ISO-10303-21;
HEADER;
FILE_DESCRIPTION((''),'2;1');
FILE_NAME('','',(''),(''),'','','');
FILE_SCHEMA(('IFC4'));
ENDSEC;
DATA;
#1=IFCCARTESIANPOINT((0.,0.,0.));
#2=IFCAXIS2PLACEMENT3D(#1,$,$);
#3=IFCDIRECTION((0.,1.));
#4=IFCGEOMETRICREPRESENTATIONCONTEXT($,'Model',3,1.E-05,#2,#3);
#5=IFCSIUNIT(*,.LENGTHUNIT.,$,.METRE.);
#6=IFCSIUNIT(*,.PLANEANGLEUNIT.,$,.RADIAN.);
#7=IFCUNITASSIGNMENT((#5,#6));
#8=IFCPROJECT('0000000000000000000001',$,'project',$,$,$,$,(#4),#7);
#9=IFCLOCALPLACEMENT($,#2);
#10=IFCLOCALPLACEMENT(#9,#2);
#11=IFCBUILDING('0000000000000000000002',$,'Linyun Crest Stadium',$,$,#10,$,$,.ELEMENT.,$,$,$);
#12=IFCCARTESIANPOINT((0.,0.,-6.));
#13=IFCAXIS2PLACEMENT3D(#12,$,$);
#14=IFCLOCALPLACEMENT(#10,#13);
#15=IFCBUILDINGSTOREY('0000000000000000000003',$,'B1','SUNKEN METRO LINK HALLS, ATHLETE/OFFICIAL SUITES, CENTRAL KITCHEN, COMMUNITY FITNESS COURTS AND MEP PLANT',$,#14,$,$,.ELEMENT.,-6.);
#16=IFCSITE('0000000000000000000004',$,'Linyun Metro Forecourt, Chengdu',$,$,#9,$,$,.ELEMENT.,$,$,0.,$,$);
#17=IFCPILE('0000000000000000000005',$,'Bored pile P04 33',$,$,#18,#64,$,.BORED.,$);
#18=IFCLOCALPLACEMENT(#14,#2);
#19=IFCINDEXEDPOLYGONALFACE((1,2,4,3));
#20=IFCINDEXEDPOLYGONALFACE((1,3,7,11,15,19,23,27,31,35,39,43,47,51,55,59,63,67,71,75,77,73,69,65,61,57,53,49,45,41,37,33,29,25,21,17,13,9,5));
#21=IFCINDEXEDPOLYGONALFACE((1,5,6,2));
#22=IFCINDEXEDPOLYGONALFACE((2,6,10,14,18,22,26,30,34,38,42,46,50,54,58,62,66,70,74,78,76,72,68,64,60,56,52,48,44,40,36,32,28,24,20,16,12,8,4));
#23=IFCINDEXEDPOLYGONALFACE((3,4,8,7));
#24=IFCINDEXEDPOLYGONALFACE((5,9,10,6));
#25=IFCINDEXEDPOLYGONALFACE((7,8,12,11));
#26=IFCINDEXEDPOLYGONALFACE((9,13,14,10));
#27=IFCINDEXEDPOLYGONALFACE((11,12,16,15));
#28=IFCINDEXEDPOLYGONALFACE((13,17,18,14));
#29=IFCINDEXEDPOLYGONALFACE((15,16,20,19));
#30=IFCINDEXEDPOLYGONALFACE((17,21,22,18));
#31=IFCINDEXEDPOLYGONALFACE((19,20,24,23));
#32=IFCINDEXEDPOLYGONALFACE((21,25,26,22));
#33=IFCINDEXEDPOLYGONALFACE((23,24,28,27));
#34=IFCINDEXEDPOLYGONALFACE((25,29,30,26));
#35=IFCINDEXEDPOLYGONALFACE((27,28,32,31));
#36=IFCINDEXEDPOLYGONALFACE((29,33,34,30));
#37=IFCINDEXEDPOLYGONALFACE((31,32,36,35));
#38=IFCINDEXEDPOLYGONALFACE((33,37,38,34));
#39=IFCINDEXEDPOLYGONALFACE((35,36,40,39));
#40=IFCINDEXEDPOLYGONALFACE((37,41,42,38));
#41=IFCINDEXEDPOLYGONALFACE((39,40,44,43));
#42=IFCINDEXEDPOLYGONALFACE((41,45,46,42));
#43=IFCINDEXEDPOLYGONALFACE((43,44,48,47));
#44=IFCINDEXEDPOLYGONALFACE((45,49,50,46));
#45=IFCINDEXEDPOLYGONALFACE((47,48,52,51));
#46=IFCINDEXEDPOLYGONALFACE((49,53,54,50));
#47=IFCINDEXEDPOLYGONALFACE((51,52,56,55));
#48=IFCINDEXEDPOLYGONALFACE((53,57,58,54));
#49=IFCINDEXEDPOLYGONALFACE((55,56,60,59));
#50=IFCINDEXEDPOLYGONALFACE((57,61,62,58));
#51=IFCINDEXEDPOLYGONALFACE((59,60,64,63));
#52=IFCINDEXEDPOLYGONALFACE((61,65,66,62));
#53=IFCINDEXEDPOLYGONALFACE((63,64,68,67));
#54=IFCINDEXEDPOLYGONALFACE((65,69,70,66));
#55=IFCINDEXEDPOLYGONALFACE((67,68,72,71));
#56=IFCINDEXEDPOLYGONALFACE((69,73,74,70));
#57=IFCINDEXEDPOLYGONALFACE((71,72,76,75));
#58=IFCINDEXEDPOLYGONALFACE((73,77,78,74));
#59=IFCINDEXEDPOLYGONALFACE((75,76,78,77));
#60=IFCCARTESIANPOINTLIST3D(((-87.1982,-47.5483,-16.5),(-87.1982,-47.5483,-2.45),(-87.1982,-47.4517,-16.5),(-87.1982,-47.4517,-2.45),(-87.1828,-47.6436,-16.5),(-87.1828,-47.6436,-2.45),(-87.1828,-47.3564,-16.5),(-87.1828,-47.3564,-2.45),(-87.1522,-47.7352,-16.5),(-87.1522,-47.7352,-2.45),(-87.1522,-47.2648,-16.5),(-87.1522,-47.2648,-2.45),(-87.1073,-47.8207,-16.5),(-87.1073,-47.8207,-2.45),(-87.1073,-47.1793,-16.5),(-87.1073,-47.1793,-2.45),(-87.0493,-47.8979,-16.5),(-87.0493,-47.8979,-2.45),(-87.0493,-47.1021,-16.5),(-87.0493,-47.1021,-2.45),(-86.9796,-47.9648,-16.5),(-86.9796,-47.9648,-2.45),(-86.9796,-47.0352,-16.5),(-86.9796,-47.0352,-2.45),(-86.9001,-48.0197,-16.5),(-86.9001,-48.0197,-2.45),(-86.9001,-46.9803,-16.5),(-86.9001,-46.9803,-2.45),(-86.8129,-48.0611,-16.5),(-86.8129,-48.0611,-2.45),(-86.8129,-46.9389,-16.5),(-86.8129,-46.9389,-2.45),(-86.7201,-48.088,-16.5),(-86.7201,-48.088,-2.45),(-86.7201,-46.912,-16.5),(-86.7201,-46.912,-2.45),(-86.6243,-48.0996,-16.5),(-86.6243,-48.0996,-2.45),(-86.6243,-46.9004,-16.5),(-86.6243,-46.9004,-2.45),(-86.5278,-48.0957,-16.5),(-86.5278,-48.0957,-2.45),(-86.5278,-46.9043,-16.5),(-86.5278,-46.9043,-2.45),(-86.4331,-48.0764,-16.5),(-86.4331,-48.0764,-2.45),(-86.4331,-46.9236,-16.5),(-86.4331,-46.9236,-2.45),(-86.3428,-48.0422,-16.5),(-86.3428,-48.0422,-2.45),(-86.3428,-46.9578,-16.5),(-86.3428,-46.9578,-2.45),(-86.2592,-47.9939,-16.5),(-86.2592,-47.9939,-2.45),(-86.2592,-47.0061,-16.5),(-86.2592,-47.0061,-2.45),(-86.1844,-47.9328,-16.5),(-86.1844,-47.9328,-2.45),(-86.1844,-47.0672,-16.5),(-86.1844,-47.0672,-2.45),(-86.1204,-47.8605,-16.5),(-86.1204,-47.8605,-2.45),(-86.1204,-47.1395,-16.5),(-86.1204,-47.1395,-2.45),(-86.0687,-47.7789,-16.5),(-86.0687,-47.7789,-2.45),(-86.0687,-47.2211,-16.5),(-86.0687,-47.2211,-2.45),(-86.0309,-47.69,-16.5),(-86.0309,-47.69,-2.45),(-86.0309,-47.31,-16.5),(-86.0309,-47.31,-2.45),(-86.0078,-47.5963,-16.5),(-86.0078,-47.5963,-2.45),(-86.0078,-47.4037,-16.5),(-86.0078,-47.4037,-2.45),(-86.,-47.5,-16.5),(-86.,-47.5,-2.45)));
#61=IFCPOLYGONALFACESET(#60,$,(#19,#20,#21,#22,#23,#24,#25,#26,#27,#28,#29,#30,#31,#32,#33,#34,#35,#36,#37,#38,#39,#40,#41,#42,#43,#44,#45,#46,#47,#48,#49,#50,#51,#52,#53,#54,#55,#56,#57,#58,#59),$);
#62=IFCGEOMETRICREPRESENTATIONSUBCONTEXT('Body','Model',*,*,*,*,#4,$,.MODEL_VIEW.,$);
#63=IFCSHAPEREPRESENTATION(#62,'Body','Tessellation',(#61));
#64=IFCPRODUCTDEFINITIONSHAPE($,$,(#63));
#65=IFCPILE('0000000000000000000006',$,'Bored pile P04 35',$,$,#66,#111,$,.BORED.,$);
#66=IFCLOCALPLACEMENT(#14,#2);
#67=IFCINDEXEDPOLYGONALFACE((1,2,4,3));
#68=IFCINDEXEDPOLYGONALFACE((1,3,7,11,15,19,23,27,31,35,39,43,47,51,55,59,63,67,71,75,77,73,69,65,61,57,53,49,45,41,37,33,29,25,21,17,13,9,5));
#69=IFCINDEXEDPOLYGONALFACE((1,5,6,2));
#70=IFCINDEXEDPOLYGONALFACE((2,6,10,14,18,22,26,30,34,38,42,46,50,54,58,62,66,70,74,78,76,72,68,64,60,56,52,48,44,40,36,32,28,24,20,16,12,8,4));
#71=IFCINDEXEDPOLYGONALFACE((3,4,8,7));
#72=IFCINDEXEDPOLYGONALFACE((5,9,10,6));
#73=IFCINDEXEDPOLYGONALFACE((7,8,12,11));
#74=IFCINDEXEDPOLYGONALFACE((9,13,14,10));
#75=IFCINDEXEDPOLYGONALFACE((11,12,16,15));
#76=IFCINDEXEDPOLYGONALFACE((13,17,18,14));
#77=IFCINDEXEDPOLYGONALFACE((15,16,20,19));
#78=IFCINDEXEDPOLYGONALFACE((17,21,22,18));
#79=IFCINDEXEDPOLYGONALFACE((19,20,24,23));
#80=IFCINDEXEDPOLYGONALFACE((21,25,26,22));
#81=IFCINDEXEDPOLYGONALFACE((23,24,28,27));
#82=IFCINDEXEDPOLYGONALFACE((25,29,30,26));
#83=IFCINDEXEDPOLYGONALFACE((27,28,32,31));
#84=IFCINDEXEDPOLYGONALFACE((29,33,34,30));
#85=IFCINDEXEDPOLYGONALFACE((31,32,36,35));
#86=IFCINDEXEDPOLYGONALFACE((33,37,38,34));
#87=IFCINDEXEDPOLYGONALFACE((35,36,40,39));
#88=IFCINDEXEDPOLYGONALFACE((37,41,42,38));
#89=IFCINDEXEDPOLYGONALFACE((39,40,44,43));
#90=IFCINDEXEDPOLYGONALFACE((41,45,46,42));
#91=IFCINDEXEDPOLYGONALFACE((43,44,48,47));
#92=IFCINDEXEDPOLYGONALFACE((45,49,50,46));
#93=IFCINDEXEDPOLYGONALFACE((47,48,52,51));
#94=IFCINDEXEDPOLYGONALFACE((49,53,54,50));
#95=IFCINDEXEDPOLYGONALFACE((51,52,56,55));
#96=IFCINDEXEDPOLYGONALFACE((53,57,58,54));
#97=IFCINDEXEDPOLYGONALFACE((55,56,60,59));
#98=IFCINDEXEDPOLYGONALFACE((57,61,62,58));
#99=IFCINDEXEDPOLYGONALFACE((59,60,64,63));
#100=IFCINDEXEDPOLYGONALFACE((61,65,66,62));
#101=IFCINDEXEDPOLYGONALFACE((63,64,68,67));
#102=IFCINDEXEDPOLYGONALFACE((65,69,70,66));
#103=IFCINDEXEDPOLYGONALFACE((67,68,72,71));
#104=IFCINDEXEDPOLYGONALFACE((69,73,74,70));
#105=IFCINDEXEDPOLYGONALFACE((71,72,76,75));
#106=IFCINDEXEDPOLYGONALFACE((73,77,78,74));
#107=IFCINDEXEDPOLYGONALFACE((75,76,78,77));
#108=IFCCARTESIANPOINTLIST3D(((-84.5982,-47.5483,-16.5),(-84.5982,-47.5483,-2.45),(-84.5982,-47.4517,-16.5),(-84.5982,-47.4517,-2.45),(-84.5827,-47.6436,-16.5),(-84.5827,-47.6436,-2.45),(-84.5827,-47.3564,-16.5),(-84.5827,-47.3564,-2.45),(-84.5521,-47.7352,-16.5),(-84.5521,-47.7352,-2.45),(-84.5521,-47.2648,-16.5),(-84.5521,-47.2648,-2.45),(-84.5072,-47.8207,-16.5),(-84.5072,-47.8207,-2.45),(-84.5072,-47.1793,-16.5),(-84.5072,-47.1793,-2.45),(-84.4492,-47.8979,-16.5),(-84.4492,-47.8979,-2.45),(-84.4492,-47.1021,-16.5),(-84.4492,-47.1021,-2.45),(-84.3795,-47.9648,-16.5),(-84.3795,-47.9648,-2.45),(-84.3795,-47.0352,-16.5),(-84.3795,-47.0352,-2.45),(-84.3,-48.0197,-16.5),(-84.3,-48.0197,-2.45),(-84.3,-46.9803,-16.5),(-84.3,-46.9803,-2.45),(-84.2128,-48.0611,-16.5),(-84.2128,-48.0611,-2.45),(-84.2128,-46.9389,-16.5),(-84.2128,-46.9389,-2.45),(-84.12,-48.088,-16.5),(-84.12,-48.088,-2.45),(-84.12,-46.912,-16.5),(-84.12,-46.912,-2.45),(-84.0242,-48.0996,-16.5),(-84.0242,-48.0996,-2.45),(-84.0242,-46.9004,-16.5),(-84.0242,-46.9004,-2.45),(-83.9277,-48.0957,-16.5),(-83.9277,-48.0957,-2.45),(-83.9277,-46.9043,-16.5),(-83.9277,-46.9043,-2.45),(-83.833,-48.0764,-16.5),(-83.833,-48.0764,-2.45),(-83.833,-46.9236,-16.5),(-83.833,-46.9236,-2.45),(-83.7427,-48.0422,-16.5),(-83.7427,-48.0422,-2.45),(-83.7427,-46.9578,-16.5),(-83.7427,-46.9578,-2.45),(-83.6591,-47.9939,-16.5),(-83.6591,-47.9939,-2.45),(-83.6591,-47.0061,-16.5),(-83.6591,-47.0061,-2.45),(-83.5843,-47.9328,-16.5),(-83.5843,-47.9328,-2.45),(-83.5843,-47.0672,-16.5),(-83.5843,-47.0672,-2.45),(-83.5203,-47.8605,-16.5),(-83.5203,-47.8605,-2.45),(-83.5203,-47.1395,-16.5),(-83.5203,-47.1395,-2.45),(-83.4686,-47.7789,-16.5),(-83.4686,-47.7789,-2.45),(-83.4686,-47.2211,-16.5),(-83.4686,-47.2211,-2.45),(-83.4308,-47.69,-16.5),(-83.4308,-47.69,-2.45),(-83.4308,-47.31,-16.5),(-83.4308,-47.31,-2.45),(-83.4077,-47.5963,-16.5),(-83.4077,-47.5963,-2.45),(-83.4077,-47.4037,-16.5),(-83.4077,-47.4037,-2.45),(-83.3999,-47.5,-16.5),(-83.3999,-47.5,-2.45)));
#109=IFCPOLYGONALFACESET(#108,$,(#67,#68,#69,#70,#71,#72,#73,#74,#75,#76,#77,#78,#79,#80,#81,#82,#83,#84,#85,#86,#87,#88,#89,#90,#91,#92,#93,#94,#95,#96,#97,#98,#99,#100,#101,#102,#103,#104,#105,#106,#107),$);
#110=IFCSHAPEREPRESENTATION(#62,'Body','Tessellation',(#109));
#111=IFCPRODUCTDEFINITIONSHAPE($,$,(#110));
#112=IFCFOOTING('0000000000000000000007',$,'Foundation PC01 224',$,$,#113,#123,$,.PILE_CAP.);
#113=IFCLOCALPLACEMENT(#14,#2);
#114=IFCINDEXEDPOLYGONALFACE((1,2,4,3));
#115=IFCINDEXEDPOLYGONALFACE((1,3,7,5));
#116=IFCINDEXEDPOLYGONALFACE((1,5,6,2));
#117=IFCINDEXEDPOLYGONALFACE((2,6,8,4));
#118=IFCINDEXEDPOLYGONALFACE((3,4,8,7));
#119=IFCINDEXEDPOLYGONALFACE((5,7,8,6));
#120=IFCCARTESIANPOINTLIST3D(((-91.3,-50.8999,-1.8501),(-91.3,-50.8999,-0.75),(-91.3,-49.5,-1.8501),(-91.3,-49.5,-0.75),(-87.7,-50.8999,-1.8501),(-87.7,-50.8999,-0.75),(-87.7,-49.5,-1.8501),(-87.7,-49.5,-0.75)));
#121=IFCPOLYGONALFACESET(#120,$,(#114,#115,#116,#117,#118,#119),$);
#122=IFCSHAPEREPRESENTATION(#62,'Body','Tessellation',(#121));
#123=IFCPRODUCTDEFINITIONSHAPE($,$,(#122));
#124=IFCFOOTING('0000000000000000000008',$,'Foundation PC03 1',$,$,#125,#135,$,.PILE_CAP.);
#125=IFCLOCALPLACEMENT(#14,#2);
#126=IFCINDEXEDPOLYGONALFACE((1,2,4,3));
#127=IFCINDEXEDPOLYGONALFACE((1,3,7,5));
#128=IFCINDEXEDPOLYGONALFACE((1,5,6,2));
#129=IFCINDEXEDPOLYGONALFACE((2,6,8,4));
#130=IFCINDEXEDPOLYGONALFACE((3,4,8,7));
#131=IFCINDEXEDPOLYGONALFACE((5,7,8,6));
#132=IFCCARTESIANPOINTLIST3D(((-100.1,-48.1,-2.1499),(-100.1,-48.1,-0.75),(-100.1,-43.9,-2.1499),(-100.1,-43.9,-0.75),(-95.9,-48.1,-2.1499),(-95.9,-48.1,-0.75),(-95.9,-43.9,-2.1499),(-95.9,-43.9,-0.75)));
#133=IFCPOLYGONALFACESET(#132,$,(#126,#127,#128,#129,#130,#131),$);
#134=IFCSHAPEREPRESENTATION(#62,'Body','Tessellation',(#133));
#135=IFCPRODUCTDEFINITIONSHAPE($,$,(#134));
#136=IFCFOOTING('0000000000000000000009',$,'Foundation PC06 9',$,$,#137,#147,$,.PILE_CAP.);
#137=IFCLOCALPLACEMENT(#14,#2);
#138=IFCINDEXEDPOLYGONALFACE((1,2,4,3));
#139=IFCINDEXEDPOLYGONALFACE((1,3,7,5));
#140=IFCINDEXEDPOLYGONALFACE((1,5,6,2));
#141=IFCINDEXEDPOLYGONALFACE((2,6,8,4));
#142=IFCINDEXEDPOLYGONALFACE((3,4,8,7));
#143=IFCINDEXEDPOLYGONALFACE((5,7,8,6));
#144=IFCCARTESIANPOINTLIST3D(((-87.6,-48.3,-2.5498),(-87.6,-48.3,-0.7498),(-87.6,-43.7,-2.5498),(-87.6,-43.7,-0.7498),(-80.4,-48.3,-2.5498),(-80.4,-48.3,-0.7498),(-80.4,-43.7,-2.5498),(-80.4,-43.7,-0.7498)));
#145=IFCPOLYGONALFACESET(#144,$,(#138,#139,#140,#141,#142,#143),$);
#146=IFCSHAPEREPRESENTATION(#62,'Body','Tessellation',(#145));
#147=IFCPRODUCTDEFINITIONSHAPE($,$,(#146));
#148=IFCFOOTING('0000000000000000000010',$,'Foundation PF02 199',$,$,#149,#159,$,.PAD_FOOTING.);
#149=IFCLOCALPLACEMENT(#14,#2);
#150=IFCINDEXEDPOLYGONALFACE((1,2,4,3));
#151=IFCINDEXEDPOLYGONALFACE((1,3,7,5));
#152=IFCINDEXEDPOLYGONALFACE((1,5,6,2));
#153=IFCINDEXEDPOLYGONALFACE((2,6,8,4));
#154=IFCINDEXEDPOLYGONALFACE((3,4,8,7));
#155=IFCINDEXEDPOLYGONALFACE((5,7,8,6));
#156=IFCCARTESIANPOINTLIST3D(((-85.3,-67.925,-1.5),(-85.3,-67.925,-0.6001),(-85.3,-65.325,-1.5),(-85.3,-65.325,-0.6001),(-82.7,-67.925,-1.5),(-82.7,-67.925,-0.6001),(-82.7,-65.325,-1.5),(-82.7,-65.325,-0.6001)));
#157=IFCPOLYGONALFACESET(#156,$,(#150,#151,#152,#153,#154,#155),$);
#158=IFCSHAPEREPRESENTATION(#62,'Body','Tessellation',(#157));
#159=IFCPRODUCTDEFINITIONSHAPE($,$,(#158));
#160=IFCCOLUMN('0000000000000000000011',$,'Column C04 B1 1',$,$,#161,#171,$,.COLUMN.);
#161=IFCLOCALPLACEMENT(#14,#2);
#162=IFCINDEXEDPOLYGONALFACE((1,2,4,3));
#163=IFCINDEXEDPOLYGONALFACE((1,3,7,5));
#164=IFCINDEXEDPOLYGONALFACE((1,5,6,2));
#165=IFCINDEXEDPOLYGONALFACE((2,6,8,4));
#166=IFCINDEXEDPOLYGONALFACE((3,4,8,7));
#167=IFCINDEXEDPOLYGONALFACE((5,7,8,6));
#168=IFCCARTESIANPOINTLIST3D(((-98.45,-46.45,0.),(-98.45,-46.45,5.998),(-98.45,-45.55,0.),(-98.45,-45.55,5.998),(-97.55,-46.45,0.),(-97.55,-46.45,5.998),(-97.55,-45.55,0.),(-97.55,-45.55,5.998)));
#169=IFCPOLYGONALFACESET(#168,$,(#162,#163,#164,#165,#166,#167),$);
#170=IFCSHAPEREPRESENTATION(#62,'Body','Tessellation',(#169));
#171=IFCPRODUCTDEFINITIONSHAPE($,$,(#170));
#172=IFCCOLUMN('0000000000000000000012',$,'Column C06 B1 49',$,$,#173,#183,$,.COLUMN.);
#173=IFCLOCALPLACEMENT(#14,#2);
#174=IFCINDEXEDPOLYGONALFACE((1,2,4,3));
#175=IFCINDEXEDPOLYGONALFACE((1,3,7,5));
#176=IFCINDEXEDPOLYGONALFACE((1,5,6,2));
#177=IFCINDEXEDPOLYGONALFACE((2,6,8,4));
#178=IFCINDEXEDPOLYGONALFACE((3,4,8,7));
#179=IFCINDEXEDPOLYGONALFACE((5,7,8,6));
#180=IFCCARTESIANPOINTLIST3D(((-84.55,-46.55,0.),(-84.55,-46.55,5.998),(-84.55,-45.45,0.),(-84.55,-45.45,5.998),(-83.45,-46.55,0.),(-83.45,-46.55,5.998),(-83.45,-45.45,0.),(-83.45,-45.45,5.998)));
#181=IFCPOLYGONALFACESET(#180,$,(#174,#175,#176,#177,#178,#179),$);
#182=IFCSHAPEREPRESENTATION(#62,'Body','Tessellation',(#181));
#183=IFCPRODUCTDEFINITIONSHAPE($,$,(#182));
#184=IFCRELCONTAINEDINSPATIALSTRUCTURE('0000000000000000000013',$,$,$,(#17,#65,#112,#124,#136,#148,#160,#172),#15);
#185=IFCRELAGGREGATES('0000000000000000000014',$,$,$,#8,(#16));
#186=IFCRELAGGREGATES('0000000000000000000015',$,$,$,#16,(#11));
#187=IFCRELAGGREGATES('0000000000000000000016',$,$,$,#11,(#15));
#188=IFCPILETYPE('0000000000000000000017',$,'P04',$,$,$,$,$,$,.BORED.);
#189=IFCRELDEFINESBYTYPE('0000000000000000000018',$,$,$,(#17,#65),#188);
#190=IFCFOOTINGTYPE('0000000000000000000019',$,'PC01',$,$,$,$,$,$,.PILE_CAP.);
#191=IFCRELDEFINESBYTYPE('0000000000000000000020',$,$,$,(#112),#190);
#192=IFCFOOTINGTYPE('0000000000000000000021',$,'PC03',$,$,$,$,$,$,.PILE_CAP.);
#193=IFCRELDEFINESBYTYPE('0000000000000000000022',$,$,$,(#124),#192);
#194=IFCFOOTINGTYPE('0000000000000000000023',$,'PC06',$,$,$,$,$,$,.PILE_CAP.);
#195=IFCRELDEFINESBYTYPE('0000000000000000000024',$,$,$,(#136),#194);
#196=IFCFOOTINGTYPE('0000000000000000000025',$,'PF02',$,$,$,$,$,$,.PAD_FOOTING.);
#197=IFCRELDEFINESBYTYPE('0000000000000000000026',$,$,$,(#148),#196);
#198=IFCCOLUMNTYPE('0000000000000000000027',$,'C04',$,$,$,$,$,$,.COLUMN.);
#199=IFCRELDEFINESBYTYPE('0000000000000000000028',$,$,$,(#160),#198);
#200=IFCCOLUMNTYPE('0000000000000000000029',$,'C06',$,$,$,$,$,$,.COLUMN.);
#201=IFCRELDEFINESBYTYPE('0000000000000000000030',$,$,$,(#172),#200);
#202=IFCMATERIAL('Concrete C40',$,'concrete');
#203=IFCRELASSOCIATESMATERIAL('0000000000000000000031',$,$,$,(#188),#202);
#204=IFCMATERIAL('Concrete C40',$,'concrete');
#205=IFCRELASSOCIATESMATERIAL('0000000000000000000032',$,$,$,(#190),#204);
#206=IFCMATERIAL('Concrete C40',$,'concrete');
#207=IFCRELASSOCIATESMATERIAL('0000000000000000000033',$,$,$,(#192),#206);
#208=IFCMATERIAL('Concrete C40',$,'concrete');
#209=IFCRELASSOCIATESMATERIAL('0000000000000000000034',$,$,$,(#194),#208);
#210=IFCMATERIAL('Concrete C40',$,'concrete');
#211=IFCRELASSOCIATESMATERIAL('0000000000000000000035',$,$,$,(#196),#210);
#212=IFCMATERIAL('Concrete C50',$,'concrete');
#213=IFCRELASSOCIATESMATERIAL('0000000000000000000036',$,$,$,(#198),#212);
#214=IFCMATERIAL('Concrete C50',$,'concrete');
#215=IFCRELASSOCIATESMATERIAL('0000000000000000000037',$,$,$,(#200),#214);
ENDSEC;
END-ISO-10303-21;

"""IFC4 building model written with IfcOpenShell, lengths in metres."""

from ifc_helpers import new_model, si_unit, direction, frame, origin, origin_2d, place, context, subcontext, project, spatial, rectangle, circle, extrude, material, material_profile, profile_set, type_object, element, save


model = new_model("IFC4")

# Units and contexts
model_context = context("Model", 3, precision=1e-05, world=origin(), true_north=direction((0.0, 1.0)))
body_context = subcontext(model_context, "Body", "Model", "MODEL_VIEW")
ifc_project = project(units=[si_unit("LENGTHUNIT", "METRE"), si_unit("PLANEANGLEUNIT", "RADIAN")], contexts=[model_context])

# Site, building, storey
site_placement = place(None, origin())
site = spatial("IfcSite", under=ifc_project, at=site_placement, Name="Linyun Metro Forecourt, Chengdu", CompositionType="ELEMENT", RefElevation=0.0)
building_placement = place(site_placement, origin())
building = spatial("IfcBuilding", under=site, at=building_placement, Name="Linyun Crest Stadium", CompositionType="ELEMENT")
storey_placement = place(building_placement, frame((0.0, 0.0, -6.0)))
storey = spatial("IfcBuildingStorey", under=building, at=storey_placement, Name="B1", Description="SUNKEN METRO LINK HALLS, ATHLETE/OFFICIAL SUITES, CENTRAL KITCHEN, COMMUNITY FITNESS COURTS AND MEP PLANT", CompositionType="ELEMENT", Elevation=-6.0)

# Piles
ifc_material_1 = material(Name="Concrete C40", Category="concrete")
ifc_material_profile_1 = material_profile(ifc_material_1, circle(Radius=0.6001, at=origin_2d()), Name="BORED PILE 1200")
ifc_profile_set_1 = profile_set([ifc_material_profile_1], Name="Concrete C40")
pile_type_1 = type_object("IfcPileType", Name="P04", PredefinedType="BORED", material=ifc_profile_set_1)
for number, where, z_axis, x_axis, name in (
    (1, (-86.6001, -47.5, -2.45), (0.0, 0.0, -1.0), (1.0, 0.0, 0.0), "Bored pile P04 33"),
    (2, (-84.0, -47.5, -2.45), (0.0, 0.0, -1.0), (1.0, 0.0, 0.0), "Bored pile P04 35"),
):
    element("IfcPile", number, at=place(storey_placement, frame(where, z_axis=z_axis, x_axis=x_axis)), inside=storey, type_object=pile_type_1, Name=name, PredefinedType="BORED", context=body_context, shape_type="SweptSolid", body=[
        extrude(circle(Radius=0.6001, at=origin_2d()), origin(), (0.0, 0.0, 1.0), 14.05),
    ])

# Footings
ifc_material_2 = material(Name="Concrete C40", Category="concrete")
footing_type_1 = type_object("IfcFootingType", Name="PC01", PredefinedType="PILE_CAP", material=ifc_material_2)
footing_1_placement = place(storey_placement, frame((-89.5, -50.2, -1.8501), z_axis=(0.0, 0.0, 1.0), x_axis=(1.0, 0.0, 0.0)))
element("IfcFooting", 3, at=footing_1_placement, inside=storey, type_object=footing_type_1, Name="Foundation PC01 224", PredefinedType="PILE_CAP", context=body_context, shape_type="SweptSolid", body=[
    extrude(rectangle(XDim=3.6001, YDim=1.3999, at=origin_2d()), origin(), (0.0, 0.0, 1.0), 1.1001),
])
ifc_material_3 = material(Name="Concrete C40", Category="concrete")
footing_type_2 = type_object("IfcFootingType", Name="PC03", PredefinedType="PILE_CAP", material=ifc_material_3)
footing_2_placement = place(storey_placement, frame((-98.0, -46.0, -2.1499), z_axis=(0.0, 0.0, 1.0), x_axis=(1.0, 0.0, 0.0)))
element("IfcFooting", 4, at=footing_2_placement, inside=storey, type_object=footing_type_2, Name="Foundation PC03 1", PredefinedType="PILE_CAP", context=body_context, shape_type="SweptSolid", body=[
    extrude(rectangle(XDim=4.2, YDim=4.2, at=origin_2d()), origin(), (0.0, 0.0, 1.0), 1.3999),
])
ifc_material_4 = material(Name="Concrete C40", Category="concrete")
footing_type_3 = type_object("IfcFootingType", Name="PC06", PredefinedType="PILE_CAP", material=ifc_material_4)
footing_3_placement = place(storey_placement, frame((-84.0, -46.0, -2.5498), z_axis=(0.0, 0.0, 1.0), x_axis=(1.0, 0.0, 0.0)))
element("IfcFooting", 5, at=footing_3_placement, inside=storey, type_object=footing_type_3, Name="Foundation PC06 9", PredefinedType="PILE_CAP", context=body_context, shape_type="SweptSolid", body=[
    extrude(rectangle(XDim=7.2, YDim=4.6001, at=origin_2d()), origin(), (0.0, 0.0, 1.0), 1.8),
])
ifc_material_5 = material(Name="Concrete C40", Category="concrete")
footing_type_4 = type_object("IfcFootingType", Name="PF02", PredefinedType="PAD_FOOTING", material=ifc_material_5)
footing_4_placement = place(storey_placement, frame((-84.0, -66.625, -1.5), z_axis=(0.0, 0.0, 1.0), x_axis=(1.0, 0.0, 0.0)))
element("IfcFooting", 6, at=footing_4_placement, inside=storey, type_object=footing_type_4, Name="Foundation PF02 199", PredefinedType="PAD_FOOTING", context=body_context, shape_type="SweptSolid", body=[
    extrude(rectangle(XDim=2.6001, YDim=2.6001, at=origin_2d()), origin(), (0.0, 0.0, 1.0), 0.8999),
])

# Columns
ifc_material_6 = material(Name="Concrete C50", Category="concrete")
ifc_material_profile_2 = material_profile(ifc_material_6, rectangle(XDim=0.8999, YDim=0.8999, at=origin_2d()), Name="RC 900x900")
ifc_profile_set_2 = profile_set([ifc_material_profile_2], Name="Concrete C50")
column_type_1 = type_object("IfcColumnType", Name="C04", PredefinedType="COLUMN", material=ifc_profile_set_2)
column_1_placement = place(storey_placement, frame((-98.0, -46.0, 0.0), z_axis=(0.0, 0.0, 1.0), x_axis=(1.0, 0.0, 0.0)))
element("IfcColumn", 7, at=column_1_placement, inside=storey, type_object=column_type_1, Name="Column C04 B1 1", PredefinedType="COLUMN", context=body_context, shape_type="SweptSolid", body=[
    extrude(rectangle(XDim=0.8999, YDim=0.8999, at=origin_2d()), origin(), (0.0, 0.0, 1.0), 5.998),
])
ifc_material_7 = material(Name="Concrete C50", Category="concrete")
ifc_material_profile_3 = material_profile(ifc_material_7, rectangle(XDim=1.1001, YDim=1.1001, at=origin_2d()), Name="RC 1100x1100")
ifc_profile_set_3 = profile_set([ifc_material_profile_3], Name="Concrete C50")
column_type_2 = type_object("IfcColumnType", Name="C06", PredefinedType="COLUMN", material=ifc_profile_set_3)
column_2_placement = place(storey_placement, frame((-84.0, -46.0, 0.0), z_axis=(0.0, 0.0, 1.0), x_axis=(1.0, 0.0, 0.0)))
element("IfcColumn", 8, at=column_2_placement, inside=storey, type_object=column_type_2, Name="Column C06 B1 49", PredefinedType="COLUMN", context=body_context, shape_type="SweptSolid", body=[
    extrude(rectangle(XDim=1.1001, YDim=1.1001, at=origin_2d()), origin(), (0.0, 0.0, 1.0), 5.998),
])

save(model, "model.ifc")
